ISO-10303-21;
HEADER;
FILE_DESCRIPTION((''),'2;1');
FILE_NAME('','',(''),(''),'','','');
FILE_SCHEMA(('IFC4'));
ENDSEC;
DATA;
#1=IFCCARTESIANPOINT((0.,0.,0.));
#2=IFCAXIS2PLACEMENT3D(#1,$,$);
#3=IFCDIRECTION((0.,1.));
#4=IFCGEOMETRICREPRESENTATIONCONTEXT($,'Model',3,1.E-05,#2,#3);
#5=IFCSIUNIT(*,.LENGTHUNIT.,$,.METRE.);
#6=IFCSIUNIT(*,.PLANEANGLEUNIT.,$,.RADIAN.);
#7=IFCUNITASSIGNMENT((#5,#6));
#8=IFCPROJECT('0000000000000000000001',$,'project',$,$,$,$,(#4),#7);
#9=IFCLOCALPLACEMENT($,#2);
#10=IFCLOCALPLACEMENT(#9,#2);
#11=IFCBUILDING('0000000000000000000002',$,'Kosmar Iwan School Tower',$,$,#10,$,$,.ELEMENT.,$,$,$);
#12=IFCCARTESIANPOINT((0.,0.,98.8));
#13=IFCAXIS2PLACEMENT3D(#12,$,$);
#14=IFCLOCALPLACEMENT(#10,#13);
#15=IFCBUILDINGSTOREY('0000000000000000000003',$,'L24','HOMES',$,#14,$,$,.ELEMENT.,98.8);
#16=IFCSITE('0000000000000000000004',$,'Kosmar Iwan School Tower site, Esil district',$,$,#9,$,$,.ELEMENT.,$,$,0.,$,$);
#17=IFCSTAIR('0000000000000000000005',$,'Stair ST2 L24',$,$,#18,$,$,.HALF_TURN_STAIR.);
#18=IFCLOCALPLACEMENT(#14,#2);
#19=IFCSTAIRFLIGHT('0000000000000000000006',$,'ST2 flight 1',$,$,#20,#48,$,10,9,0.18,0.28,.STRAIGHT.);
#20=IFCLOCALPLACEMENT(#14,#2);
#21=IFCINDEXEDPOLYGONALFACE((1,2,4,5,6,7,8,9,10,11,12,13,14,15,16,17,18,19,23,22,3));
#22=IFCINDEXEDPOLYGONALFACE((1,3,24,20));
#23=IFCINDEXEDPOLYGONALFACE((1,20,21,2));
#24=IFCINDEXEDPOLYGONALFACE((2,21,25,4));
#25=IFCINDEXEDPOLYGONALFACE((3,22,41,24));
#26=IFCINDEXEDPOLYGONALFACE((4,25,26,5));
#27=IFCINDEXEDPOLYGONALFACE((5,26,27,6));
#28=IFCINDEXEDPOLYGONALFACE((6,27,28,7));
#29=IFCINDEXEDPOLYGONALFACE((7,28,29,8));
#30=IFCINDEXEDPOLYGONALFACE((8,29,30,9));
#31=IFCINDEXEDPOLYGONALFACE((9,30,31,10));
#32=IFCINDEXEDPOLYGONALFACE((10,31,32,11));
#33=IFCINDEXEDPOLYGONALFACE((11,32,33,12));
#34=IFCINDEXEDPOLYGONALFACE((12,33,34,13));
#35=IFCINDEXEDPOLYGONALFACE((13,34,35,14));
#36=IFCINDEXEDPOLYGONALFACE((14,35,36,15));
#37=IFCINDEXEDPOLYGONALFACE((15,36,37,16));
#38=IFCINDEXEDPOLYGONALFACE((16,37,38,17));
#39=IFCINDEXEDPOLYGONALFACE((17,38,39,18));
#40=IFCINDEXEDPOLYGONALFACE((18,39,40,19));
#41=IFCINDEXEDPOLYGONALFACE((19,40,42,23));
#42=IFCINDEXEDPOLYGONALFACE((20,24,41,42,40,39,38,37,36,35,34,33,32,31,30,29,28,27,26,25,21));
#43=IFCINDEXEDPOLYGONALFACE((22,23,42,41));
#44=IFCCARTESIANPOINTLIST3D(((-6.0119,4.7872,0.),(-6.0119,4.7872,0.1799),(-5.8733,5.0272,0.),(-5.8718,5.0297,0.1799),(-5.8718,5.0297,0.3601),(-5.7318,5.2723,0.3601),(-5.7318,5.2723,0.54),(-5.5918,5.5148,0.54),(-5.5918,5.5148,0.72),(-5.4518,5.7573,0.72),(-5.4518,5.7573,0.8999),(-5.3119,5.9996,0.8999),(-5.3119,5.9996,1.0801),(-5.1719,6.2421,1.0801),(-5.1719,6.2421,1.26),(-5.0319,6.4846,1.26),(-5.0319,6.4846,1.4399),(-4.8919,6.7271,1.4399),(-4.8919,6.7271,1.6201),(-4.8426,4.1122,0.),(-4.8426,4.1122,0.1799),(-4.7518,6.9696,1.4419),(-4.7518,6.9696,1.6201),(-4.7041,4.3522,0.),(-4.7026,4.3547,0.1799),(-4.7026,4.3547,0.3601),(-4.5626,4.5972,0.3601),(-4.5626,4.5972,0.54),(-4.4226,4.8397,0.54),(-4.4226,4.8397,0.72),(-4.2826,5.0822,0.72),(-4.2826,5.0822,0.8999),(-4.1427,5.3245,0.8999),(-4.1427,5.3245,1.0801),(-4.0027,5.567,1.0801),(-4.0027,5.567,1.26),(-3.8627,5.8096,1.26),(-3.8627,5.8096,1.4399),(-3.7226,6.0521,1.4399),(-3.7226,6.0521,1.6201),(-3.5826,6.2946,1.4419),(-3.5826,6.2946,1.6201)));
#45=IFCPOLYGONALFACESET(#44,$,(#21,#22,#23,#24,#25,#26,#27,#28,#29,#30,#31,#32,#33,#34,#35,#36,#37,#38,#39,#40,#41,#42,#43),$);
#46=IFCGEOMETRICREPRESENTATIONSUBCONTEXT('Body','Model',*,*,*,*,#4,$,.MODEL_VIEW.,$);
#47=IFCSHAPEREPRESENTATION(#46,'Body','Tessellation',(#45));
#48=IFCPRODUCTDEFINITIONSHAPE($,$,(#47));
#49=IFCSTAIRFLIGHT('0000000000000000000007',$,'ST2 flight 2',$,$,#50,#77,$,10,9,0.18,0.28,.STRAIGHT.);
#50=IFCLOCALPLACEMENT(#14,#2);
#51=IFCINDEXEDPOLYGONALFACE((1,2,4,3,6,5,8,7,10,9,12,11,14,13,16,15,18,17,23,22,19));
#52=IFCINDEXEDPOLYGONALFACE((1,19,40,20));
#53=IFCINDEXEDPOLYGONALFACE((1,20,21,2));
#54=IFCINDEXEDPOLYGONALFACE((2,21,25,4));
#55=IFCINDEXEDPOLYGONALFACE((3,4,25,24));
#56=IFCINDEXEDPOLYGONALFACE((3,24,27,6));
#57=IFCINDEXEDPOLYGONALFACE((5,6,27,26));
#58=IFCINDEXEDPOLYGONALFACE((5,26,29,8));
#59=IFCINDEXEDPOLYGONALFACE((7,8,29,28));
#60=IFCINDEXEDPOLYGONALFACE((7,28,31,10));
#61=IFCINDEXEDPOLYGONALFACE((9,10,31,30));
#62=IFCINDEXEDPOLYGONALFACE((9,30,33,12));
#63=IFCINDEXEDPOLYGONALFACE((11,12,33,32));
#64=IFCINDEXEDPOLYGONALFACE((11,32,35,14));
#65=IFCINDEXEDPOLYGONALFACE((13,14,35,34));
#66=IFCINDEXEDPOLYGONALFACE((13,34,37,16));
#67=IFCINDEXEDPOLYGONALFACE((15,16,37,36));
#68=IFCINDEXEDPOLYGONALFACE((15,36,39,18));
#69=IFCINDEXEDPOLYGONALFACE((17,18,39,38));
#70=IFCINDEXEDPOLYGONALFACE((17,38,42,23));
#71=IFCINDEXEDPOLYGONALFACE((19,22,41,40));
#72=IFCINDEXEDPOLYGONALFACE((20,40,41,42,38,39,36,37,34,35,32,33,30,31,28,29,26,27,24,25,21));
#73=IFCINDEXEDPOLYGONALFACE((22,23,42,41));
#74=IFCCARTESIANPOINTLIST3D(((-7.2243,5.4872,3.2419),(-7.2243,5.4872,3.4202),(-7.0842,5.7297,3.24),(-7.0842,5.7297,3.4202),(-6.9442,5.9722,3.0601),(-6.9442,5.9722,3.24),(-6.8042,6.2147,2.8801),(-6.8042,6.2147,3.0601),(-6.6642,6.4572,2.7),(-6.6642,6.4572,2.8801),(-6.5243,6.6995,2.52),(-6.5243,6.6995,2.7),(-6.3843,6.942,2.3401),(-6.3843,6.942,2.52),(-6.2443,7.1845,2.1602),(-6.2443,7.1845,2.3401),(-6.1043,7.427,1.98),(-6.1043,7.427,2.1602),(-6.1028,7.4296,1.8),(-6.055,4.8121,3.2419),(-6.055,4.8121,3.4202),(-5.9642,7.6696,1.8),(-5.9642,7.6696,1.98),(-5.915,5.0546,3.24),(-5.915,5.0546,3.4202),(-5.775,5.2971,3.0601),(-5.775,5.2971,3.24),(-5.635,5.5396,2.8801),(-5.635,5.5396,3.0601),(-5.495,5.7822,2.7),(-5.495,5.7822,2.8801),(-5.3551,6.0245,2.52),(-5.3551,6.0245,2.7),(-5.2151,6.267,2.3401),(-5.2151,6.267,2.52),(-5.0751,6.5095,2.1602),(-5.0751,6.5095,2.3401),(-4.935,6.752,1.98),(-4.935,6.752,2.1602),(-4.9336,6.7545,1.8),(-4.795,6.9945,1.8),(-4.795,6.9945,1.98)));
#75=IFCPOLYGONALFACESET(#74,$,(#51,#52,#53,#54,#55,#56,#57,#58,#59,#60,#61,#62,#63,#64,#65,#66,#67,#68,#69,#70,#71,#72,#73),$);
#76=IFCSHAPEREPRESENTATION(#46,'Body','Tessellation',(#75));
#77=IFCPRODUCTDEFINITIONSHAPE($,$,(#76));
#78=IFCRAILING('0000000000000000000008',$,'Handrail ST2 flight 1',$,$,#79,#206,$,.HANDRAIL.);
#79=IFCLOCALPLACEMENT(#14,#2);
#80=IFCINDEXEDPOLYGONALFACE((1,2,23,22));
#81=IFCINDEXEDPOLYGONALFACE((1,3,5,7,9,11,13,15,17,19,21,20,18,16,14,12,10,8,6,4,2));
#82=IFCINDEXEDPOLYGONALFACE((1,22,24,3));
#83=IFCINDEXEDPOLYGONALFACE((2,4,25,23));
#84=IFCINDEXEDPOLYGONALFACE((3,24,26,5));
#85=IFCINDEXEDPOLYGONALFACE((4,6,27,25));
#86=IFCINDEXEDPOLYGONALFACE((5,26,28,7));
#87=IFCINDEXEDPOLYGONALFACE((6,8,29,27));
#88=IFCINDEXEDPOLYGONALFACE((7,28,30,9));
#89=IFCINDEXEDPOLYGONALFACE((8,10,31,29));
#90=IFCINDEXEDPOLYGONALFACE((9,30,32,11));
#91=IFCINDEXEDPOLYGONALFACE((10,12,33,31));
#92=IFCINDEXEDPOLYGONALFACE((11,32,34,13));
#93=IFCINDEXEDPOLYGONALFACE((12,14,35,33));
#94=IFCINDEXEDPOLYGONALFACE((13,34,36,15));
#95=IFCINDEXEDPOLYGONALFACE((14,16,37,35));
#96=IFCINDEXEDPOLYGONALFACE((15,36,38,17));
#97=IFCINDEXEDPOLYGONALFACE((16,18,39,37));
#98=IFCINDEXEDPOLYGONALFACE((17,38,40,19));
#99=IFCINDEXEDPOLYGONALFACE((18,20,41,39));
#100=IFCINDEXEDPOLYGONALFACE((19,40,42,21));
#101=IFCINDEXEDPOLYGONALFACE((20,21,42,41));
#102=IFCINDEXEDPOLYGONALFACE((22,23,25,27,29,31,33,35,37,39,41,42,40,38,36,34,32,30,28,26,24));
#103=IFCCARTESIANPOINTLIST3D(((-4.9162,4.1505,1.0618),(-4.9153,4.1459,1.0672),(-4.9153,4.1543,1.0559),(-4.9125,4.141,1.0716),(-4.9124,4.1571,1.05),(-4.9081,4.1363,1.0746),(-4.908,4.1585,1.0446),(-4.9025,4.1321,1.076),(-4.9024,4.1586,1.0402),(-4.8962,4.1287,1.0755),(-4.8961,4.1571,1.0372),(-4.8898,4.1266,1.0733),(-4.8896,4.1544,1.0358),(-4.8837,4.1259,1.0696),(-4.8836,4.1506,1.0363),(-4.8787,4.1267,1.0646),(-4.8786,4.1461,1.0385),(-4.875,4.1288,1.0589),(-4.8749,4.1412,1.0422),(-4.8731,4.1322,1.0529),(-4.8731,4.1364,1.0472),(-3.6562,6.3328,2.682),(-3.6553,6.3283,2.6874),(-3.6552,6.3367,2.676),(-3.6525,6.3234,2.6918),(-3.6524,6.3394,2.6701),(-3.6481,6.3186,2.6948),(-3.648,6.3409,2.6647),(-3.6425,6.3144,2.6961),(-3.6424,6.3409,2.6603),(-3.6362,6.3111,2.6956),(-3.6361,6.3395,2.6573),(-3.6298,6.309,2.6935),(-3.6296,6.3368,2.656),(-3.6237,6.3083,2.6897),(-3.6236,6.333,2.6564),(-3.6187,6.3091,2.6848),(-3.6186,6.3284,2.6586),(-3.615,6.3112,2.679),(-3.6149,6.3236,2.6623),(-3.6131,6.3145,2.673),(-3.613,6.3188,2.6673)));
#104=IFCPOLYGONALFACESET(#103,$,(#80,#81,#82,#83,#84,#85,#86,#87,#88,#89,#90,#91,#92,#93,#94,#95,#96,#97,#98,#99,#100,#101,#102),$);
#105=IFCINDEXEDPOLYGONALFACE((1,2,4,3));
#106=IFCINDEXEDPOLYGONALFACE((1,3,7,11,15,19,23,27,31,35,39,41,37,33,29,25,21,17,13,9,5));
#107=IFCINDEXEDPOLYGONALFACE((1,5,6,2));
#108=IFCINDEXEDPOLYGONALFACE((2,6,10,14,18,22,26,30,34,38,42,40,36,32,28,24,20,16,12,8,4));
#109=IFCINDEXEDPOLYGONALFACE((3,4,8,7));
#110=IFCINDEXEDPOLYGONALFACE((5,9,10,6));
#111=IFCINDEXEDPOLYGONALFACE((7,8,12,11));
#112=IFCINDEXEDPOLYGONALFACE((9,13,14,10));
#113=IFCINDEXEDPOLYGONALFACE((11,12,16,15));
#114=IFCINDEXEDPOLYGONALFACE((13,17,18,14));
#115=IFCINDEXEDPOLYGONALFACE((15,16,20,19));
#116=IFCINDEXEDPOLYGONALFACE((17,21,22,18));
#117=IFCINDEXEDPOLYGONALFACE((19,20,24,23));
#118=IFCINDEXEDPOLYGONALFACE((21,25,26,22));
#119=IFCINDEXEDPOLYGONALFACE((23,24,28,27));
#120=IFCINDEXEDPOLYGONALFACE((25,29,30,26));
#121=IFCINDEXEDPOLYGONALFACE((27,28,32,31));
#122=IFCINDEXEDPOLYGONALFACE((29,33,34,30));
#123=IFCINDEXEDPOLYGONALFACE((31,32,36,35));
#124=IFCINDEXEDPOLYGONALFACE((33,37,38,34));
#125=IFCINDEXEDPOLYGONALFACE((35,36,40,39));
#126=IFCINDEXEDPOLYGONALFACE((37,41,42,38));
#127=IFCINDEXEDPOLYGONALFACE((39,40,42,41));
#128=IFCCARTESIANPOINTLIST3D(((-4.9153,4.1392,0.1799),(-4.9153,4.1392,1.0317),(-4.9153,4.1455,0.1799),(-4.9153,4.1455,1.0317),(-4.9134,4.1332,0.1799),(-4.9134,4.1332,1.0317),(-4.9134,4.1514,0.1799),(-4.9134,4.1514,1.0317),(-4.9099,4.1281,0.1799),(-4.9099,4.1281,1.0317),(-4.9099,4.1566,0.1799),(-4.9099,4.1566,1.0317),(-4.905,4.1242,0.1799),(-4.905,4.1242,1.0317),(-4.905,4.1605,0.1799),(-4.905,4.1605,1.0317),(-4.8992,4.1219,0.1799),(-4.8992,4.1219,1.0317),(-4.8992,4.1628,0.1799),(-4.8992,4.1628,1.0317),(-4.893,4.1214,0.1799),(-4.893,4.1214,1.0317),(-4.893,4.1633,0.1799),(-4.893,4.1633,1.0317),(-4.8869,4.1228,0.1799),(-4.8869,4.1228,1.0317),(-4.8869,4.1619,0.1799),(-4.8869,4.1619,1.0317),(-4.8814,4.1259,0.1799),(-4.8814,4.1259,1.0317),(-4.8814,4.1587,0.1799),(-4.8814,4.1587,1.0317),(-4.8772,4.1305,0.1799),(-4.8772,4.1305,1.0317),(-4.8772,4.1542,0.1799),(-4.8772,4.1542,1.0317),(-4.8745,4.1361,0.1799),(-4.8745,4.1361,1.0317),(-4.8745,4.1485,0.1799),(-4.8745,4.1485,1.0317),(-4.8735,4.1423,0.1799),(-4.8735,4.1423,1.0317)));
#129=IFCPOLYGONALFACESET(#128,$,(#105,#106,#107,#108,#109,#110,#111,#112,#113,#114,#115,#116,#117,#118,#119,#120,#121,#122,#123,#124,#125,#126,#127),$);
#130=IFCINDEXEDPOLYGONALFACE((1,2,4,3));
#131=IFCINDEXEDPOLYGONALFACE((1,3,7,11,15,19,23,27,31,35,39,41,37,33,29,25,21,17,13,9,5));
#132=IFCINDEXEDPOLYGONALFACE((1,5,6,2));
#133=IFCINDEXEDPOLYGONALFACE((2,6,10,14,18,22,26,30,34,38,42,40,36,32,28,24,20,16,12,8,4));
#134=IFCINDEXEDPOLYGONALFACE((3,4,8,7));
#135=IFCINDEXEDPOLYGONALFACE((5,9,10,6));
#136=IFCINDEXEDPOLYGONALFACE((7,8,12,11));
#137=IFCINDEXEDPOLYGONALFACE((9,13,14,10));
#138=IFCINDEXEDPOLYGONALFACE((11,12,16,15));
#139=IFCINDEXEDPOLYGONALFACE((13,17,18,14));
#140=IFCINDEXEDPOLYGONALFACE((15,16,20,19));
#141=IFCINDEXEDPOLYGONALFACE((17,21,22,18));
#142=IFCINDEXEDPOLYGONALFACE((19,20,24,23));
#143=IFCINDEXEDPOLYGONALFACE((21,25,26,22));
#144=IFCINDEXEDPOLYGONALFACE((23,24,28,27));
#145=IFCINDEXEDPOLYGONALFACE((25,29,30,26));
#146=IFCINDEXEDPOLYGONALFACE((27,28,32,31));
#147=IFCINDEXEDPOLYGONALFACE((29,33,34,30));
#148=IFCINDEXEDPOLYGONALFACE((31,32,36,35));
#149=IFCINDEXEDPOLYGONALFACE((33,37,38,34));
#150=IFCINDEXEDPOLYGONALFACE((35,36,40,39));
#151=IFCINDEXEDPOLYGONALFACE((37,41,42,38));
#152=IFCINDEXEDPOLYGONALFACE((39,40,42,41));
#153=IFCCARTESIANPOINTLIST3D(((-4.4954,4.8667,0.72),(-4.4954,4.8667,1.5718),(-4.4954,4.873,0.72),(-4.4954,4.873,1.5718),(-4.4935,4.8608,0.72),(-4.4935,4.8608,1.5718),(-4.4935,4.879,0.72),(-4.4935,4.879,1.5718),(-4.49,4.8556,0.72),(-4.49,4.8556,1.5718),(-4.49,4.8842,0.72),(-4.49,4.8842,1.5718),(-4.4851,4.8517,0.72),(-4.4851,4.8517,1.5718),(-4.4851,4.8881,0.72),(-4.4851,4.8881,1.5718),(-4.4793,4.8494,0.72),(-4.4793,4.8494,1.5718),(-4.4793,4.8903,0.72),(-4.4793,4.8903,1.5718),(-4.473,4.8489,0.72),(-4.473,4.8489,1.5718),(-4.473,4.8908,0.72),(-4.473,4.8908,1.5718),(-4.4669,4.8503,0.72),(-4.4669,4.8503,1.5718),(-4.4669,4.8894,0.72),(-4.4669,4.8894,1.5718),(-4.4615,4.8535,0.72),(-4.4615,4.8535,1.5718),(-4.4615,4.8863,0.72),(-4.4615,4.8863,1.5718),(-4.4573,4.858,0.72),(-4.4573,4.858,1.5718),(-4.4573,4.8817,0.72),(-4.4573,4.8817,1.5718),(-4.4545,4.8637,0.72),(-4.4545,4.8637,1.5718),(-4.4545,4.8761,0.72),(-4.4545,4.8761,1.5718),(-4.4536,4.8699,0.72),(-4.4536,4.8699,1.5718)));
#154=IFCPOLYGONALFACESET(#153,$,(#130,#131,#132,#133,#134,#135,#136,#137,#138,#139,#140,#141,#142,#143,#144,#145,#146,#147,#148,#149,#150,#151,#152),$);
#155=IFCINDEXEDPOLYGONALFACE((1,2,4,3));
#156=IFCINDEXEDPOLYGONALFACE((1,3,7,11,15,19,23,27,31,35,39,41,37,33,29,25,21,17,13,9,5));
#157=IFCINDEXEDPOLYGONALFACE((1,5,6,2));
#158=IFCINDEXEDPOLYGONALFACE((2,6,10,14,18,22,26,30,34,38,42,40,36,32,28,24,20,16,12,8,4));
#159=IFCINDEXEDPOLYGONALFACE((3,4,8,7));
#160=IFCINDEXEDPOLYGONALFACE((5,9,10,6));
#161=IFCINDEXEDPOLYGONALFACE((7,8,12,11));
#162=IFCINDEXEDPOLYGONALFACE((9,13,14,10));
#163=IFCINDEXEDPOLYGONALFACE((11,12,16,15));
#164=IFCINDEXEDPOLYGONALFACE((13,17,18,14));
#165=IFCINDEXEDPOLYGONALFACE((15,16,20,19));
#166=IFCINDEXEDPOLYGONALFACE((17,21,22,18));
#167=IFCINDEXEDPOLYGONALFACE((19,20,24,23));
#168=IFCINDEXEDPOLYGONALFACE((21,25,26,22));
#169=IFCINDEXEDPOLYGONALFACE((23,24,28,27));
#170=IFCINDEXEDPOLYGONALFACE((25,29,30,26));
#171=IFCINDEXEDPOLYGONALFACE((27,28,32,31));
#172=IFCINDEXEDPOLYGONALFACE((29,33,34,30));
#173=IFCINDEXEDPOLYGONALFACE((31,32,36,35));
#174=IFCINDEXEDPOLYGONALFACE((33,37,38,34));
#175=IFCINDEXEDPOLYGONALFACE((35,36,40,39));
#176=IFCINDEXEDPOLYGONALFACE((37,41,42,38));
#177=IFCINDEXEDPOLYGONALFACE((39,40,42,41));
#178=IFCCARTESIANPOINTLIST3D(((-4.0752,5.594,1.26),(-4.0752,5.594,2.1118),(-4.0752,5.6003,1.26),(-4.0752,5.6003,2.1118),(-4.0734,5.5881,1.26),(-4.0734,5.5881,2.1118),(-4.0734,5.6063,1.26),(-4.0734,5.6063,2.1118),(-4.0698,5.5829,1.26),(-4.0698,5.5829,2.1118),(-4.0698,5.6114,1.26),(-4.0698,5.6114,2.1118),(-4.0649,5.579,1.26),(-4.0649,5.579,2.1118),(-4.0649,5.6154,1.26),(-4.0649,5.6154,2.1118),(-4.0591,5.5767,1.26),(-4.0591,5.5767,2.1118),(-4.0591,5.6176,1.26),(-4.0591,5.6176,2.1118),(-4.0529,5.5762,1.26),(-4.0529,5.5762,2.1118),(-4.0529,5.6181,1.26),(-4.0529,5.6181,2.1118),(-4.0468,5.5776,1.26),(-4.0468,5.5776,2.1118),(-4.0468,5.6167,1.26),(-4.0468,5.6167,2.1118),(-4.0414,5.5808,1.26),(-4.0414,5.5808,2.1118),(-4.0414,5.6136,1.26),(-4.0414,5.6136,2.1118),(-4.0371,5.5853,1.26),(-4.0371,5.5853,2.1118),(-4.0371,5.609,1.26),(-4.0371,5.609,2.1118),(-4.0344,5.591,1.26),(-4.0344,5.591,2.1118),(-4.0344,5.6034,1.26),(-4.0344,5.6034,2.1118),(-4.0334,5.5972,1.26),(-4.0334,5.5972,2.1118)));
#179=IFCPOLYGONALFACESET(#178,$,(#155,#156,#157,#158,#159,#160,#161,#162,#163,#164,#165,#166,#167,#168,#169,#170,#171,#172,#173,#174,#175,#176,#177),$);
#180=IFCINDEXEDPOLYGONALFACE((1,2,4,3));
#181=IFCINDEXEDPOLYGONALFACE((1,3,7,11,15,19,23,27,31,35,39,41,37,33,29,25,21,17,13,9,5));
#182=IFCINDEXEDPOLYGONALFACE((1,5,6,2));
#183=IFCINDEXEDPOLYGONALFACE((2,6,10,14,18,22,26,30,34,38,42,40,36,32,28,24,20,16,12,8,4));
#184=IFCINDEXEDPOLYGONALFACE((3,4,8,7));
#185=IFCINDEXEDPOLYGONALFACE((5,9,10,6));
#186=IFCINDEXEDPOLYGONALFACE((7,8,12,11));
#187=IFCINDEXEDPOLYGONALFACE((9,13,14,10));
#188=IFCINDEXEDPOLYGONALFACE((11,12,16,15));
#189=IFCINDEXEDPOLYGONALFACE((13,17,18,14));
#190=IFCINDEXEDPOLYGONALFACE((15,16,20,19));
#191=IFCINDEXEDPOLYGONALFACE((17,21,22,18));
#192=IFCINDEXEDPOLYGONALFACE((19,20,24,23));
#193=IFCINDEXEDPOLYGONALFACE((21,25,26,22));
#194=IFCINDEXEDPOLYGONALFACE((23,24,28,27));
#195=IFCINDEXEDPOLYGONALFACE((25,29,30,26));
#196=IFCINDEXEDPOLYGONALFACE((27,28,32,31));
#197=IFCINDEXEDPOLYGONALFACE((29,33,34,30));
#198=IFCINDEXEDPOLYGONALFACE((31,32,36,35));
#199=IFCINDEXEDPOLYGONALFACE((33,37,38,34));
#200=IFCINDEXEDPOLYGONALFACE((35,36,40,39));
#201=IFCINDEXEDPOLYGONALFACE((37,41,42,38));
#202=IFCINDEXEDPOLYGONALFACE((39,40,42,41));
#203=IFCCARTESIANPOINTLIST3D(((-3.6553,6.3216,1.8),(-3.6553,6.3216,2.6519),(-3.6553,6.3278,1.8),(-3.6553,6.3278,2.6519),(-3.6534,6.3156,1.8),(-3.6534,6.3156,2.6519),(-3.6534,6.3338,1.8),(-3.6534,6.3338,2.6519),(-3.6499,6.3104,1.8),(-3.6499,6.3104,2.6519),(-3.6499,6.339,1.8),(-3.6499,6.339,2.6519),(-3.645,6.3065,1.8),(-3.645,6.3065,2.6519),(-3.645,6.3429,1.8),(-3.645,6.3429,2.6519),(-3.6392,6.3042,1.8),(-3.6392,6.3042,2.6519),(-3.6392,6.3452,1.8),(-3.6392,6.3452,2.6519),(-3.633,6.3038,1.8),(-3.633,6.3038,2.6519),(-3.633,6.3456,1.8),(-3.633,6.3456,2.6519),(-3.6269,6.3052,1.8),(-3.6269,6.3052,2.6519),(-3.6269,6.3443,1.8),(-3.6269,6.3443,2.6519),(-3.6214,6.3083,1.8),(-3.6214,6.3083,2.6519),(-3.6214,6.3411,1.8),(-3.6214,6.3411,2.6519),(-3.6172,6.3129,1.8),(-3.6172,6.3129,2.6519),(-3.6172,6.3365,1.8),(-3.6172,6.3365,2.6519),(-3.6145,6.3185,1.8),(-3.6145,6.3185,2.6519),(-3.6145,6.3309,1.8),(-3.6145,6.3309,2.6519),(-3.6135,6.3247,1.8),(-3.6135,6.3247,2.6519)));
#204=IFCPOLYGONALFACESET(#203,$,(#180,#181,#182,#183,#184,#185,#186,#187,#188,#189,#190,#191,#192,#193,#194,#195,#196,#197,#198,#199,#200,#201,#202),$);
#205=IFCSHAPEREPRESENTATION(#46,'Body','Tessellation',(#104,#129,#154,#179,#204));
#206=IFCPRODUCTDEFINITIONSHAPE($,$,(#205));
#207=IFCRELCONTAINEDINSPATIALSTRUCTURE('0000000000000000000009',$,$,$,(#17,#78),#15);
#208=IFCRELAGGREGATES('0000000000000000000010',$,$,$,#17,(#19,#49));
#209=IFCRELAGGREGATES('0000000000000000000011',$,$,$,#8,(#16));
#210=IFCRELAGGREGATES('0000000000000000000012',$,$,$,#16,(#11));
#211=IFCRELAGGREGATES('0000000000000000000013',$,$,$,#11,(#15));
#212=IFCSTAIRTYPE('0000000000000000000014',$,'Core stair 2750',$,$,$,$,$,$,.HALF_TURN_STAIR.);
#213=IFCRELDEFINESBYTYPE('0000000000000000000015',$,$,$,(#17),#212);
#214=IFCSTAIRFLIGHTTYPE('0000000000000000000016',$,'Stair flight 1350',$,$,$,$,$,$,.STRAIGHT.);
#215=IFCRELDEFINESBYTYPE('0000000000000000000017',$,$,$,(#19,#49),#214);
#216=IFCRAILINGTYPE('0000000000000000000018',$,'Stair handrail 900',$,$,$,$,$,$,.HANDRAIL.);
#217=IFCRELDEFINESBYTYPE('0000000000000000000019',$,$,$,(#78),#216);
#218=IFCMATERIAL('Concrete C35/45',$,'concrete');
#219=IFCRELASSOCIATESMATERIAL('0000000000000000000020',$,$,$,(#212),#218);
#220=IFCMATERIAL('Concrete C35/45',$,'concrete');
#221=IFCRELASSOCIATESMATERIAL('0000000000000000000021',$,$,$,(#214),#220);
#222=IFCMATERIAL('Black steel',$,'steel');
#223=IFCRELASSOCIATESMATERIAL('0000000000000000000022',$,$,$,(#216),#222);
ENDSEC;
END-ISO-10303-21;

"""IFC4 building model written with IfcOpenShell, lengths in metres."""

from ifc_helpers import new_model, si_unit, direction, frame, origin, origin_2d, place, context, subcontext, project, spatial, polyline, circle, outline, extrude, material, type_object, element, aggregate, save


model = new_model("IFC4")

# Units and contexts
model_context = context("Model", 3, precision=1e-05, world=origin(), true_north=direction((0.0, 1.0)))
body_context = subcontext(model_context, "Body", "Model", "MODEL_VIEW")
ifc_project = project(units=[si_unit("LENGTHUNIT", "METRE"), si_unit("PLANEANGLEUNIT", "RADIAN")], contexts=[model_context])

# Site, building, storey
site_placement = place(None, origin())
site = spatial("IfcSite", under=ifc_project, at=site_placement, Name="Kosmar Iwan School Tower site, Esil district", CompositionType="ELEMENT", RefElevation=0.0)
building_placement = place(site_placement, origin())
building = spatial("IfcBuilding", under=site, at=building_placement, Name="Kosmar Iwan School Tower", CompositionType="ELEMENT")
storey_placement = place(building_placement, frame((0.0, 0.0, 98.8)))
storey = spatial("IfcBuildingStorey", under=building, at=storey_placement, Name="L24", Description="HOMES", CompositionType="ELEMENT", Elevation=98.8)

# Stair, stair flights
ifc_material_1 = material(Name="Concrete C35/45", Category="concrete")
stair_type = type_object("IfcStairType", Name="Core stair 2750", PredefinedType="HALF_TURN_STAIR", material=ifc_material_1)
stair_placement = place(storey_placement, origin())
stair = element("IfcStair", 1, at=stair_placement, inside=storey, type_object=stair_type, Name="Stair ST2 L24", PredefinedType="HALF_TURN_STAIR")
ifc_material_2 = material(Name="Concrete C35/45", Category="concrete")
stair_flight_type = type_object("IfcStairFlightType", Name="Stair flight 1350", PredefinedType="STRAIGHT", material=ifc_material_2)
stair_flight_1_placement = place(storey_placement, frame((-5.4272, 4.4497, 0.0), z_axis=(0.0, 0.0, 1.0), x_axis=(0.5, 0.866025, 0.0)))
stair_flight_1 = element("IfcStairFlight", 2, at=stair_flight_1_placement, type_object=stair_flight_type, Name="ST2 flight 1", NumberOfRisers=10, NumberOfTreads=9, PredefinedType="STRAIGHT", RiserHeight=0.18, TreadLength=0.28, context=body_context, shape_type="SweptSolid", body=[
    extrude(outline(polyline([(0.0, 0.0), (0.0, 0.1799), (0.28, 0.1799), (0.28, 0.3601), (0.5601, 0.3601), (0.5601, 0.54), (0.8401, 0.54), (0.8401, 0.72), (1.1201, 0.72), (1.1201, 0.8999), (1.3999, 0.8999), (1.3999, 1.0801), (1.6799, 1.0801), (1.6799, 1.26), (1.96, 1.26), (1.96, 1.4399), (2.24, 1.4399), (2.24, 1.6201), (2.52, 1.6201), (2.52, 1.8), (2.52, 1.4419), (0.2771, 0.0), (0.0, 0.0)])), frame((0.0, 0.675, 0.0), z_axis=(0.0, -1.0, 0.0), x_axis=(1.0, 0.0, 0.0)), (0.0, 0.0, 1.0), 1.3501),
])
stair_flight_2_placement = place(storey_placement, frame((-5.3796, 7.332, 1.8), z_axis=(0.0, 0.0, 1.0), x_axis=(-0.5, -0.866025, 0.0)))
stair_flight_2 = element("IfcStairFlight", 3, at=stair_flight_2_placement, type_object=stair_flight_type, Name="ST2 flight 2", NumberOfRisers=10, NumberOfTreads=9, PredefinedType="STRAIGHT", RiserHeight=0.18, TreadLength=0.28, context=body_context, shape_type="SweptSolid", body=[
    extrude(outline(polyline([(0.0, 0.0), (0.0, 0.1799), (0.28, 0.1799), (0.28, 0.3601), (0.5601, 0.3601), (0.5601, 0.54), (0.8401, 0.54), (0.8401, 0.72), (1.1201, 0.72), (1.1201, 0.8999), (1.3999, 0.8999), (1.3999, 1.0801), (1.6799, 1.0801), (1.6799, 1.26), (1.96, 1.26), (1.96, 1.4399), (2.24, 1.4399), (2.24, 1.6201), (2.52, 1.6201), (2.52, 1.8), (2.52, 1.4419), (0.2771, 0.0), (0.0, 0.0)])), frame((0.0, 0.675, 0.0), z_axis=(0.0, -1.0, 0.0), x_axis=(1.0, 0.0, 0.0)), (0.0, 0.0, 1.0), 1.3501),
])
aggregate(stair, [stair_flight_1, stair_flight_2])

# Railing
ifc_material_3 = material(Name="Black steel", Category="steel")
railing_type = type_object("IfcRailingType", Name="Stair handrail 900", PredefinedType="HANDRAIL", material=ifc_material_3)
railing_1_placement = place(storey_placement, frame((-4.8945, 4.1423, 0.1799)))
element("IfcRailing", 4, at=railing_1_placement, inside=storey, type_object=railing_type, Name="Handrail ST2 flight 1", PredefinedType="HANDRAIL", context=body_context, shape_type="SweptSolid", body=[
    extrude(circle(Radius=0.0239, at=origin_2d()), frame((0.0, 0.0, 0.876), z_axis=(0.420584, 0.728464, 0.540786), x_axis=(-0.866023, 0.500005, 0.0)), (0.0, 0.0, 1.0), 2.9958),
    extrude(circle(Radius=0.021, at=origin_2d()), origin(), (0.0, 0.0, 1.0), 0.8518),
    extrude(circle(Radius=0.021, at=origin_2d()), frame((0.4199, 0.7275, 0.54)), (0.0, 0.0, 1.0), 0.8518),
    extrude(circle(Radius=0.021, at=origin_2d()), frame((0.8401, 1.4548, 1.0801)), (0.0, 0.0, 1.0), 0.8518),
    extrude(circle(Radius=0.021, at=origin_2d()), frame((1.26, 2.1824, 1.6201)), (0.0, 0.0, 1.0), 0.8518),
])

save(model, "model.ifc")
